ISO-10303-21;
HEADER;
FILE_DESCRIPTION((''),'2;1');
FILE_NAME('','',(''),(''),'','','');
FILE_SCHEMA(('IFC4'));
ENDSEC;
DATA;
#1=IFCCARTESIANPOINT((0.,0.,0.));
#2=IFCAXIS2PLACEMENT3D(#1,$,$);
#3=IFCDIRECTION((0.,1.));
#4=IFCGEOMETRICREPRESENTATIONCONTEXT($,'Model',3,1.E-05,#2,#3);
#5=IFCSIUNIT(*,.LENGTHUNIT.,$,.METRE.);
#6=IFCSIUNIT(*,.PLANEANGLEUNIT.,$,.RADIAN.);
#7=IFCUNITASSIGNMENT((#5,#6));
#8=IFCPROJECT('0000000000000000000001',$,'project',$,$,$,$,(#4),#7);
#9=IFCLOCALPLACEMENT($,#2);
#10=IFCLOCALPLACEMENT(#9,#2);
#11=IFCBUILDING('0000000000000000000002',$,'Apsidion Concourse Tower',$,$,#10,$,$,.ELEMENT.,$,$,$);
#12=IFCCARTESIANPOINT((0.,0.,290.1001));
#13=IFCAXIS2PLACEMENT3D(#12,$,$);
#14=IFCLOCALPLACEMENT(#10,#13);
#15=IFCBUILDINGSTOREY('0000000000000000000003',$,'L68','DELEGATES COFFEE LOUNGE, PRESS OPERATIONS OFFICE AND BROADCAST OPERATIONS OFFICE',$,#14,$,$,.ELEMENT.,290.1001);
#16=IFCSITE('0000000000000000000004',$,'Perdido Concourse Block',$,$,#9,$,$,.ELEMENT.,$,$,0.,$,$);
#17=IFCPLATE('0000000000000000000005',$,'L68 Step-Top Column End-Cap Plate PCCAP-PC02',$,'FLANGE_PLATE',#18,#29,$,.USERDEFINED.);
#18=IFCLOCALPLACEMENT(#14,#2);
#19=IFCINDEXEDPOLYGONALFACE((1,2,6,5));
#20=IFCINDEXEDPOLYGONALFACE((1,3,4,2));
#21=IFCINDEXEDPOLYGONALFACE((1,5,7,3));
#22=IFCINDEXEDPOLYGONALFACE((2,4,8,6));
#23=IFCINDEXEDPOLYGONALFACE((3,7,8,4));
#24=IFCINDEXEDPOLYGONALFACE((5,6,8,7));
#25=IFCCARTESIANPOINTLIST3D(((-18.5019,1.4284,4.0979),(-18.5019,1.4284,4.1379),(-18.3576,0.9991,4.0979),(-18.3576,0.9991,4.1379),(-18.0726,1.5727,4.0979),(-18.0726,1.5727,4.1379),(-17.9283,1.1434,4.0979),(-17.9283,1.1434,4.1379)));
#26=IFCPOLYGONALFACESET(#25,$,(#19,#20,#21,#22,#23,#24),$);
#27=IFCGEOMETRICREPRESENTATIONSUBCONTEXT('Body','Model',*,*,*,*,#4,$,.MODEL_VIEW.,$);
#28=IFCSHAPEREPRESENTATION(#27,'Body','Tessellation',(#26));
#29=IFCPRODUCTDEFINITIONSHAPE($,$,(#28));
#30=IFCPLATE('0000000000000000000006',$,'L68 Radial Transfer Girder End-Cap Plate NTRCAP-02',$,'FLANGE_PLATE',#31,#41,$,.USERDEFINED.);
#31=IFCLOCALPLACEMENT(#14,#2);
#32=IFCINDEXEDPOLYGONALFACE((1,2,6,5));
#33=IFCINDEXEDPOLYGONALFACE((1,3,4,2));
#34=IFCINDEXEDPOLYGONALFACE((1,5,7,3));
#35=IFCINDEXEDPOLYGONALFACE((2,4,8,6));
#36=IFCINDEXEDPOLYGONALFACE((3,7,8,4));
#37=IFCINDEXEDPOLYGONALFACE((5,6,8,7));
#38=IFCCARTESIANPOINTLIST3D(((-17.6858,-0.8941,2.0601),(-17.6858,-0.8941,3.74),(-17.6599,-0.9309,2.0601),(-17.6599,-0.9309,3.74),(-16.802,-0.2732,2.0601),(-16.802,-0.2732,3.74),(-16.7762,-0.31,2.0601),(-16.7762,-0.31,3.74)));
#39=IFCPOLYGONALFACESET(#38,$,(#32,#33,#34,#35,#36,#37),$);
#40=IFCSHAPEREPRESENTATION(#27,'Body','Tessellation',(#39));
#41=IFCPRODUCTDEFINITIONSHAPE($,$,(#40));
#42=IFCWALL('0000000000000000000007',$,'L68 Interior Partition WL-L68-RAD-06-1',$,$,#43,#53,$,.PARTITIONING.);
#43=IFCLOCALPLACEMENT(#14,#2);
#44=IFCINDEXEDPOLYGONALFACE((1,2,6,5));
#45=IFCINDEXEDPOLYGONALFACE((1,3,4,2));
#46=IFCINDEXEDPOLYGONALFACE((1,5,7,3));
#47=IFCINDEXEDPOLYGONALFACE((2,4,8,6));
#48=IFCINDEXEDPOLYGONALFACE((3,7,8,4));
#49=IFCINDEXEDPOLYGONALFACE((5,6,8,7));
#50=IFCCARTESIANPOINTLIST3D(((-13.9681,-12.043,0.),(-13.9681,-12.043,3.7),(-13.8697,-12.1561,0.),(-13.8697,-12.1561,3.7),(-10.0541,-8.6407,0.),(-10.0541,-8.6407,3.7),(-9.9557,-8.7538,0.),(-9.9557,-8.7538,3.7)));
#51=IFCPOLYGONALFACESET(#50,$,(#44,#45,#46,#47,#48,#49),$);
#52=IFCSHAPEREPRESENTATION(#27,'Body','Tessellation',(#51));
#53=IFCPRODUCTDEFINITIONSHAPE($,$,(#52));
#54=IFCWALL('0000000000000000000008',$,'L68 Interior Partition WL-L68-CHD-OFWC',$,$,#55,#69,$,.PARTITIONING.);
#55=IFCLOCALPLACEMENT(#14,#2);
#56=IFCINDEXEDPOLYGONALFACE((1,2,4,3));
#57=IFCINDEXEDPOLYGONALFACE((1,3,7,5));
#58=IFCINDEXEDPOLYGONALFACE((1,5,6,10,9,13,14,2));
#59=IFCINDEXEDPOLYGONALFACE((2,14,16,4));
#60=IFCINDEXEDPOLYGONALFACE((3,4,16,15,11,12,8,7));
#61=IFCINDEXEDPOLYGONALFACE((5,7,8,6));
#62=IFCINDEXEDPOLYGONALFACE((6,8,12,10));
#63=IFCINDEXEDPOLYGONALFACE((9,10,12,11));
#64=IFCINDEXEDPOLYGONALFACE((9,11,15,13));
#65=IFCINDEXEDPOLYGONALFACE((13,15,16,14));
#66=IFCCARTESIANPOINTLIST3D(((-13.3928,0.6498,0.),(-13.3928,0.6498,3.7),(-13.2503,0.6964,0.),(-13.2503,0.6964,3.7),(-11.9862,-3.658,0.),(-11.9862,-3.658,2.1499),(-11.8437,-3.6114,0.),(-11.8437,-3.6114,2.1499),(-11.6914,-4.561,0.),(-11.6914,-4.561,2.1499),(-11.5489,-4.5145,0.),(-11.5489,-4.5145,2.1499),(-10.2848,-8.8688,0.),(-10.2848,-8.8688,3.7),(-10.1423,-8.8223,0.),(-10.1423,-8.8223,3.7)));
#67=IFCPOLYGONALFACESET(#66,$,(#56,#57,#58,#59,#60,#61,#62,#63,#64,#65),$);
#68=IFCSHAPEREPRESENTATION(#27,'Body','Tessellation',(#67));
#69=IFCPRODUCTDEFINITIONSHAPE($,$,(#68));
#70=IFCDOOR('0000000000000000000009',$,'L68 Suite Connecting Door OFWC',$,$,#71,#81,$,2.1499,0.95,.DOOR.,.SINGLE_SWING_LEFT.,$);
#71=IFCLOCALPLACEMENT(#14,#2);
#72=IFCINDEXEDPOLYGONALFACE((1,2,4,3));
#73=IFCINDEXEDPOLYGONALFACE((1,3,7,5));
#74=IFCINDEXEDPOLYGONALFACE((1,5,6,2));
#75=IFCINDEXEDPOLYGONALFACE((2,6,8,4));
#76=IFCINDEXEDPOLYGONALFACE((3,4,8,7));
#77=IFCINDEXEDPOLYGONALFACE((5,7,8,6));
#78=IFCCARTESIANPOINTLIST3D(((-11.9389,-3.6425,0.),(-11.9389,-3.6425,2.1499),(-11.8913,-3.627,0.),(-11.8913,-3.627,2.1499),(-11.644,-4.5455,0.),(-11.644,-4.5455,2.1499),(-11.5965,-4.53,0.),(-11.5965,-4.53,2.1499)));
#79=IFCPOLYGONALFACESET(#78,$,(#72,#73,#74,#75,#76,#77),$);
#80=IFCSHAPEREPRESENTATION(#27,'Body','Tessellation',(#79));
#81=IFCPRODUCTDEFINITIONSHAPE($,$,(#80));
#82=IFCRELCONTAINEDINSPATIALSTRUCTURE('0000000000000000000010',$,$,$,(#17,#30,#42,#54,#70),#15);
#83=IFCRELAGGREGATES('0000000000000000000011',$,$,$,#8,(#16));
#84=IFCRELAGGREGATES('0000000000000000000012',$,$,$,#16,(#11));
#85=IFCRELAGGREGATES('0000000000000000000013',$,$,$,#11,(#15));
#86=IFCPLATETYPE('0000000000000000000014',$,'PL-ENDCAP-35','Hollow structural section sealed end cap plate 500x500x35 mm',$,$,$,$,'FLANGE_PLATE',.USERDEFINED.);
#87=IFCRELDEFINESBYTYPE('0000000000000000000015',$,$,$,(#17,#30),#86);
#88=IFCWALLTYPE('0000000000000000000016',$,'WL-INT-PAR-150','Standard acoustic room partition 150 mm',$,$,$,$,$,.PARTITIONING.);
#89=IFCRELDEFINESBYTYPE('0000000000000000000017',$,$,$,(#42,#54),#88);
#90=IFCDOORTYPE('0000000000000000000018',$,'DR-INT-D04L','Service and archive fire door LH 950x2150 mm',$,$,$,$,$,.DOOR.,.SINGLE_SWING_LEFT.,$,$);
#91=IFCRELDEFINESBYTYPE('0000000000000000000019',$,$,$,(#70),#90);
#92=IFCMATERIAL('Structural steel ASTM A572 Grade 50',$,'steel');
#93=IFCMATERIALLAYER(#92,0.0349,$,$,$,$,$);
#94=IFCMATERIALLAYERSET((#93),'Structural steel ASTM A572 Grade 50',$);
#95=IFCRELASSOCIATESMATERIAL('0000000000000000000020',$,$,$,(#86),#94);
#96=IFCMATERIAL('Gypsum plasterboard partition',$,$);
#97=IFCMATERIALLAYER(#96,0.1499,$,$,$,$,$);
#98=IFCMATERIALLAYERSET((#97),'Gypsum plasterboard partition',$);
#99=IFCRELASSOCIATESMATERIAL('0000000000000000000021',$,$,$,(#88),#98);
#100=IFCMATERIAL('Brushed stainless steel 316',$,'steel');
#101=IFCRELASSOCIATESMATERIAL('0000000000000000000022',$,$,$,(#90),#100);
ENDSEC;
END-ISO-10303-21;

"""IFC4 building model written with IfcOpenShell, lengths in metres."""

from ifc_helpers import new_model, si_unit, direction, frame, frame_2d, origin, origin_2d, place, context, subcontext, project, spatial, rectangle, extrude, material, layer, layer_set, type_object, element, fill, save


model = new_model("IFC4")

# Units and contexts
model_context = context("Model", 3, precision=1e-05, world=origin(), true_north=direction((0.0, 1.0)))
body_context = subcontext(model_context, "Body", "Model", "MODEL_VIEW")
ifc_project = project(units=[si_unit("LENGTHUNIT", "METRE"), si_unit("PLANEANGLEUNIT", "RADIAN")], contexts=[model_context])

# Site, building, storey
site_placement = place(None, origin())
site = spatial("IfcSite", under=ifc_project, at=site_placement, Name="Perdido Concourse Block", CompositionType="ELEMENT", RefElevation=0.0)
building_placement = place(site_placement, origin())
building = spatial("IfcBuilding", under=site, at=building_placement, Name="Apsidion Concourse Tower", CompositionType="ELEMENT")
storey_placement = place(building_placement, frame((0.0, 0.0, 290.1001)))
storey = spatial("IfcBuildingStorey", under=building, at=storey_placement, Name="L68", Description="DELEGATES COFFEE LOUNGE, PRESS OPERATIONS OFFICE AND BROADCAST OPERATIONS OFFICE", CompositionType="ELEMENT", Elevation=290.1001)

# Shared definitions
ifc_material_1 = material(Name="Structural steel ASTM A572 Grade 50", Category="steel")

# Plates
ifc_layer_1 = layer(ifc_material_1, 0.0349)
ifc_layer_set_1 = layer_set([ifc_layer_1], Name="Structural steel ASTM A572 Grade 50")
plate_type = type_object("IfcPlateType", Name="PL-ENDCAP-35", Description="Hollow structural section sealed end cap plate 500x500x35 mm", ElementType="FLANGE_PLATE", PredefinedType="USERDEFINED", material=ifc_layer_set_1)
plate_1_placement = place(storey_placement, frame((-18.2151, 1.2859, 4.0979), z_axis=(0.0, 0.0, 1.0), x_axis=(-0.318628, 0.94788, 0.0)))
element("IfcPlate", 1, at=plate_1_placement, inside=storey, type_object=plate_type, Name="L68 Step-Top Column End-Cap Plate PCCAP-PC02", ObjectType="FLANGE_PLATE", PredefinedType="USERDEFINED", context=body_context, shape_type="SweptSolid", body=[
    extrude(rectangle(XDim=0.4529, YDim=0.4529, at=origin_2d()), origin(), (0.0, 0.0, 1.0), 0.04),
])
plate_2_placement = place(storey_placement, frame((-17.231, -0.6021, 2.0601), z_axis=(0.0, 0.0, 1.0), x_axis=(-0.574862, 0.81825, 0.0)))
element("IfcPlate", 2, at=plate_2_placement, inside=storey, type_object=plate_type, Name="L68 Radial Transfer Girder End-Cap Plate NTRCAP-02", ObjectType="FLANGE_PLATE", PredefinedType="USERDEFINED", context=body_context, shape_type="SweptSolid", body=[
    extrude(rectangle(XDim=0.0449, YDim=1.0801, at=origin_2d()), origin(), (0.0, 0.0, 1.0), 1.6799),
])

# Wall
ifc_material_2 = material(Name="Gypsum plasterboard partition")
ifc_layer_2 = layer(ifc_material_2, 0.1499)
ifc_layer_set_2 = layer_set([ifc_layer_2], Name="Gypsum plasterboard partition")
wall_type = type_object("IfcWallType", Name="WL-INT-PAR-150", Description="Standard acoustic room partition 150 mm", PredefinedType="PARTITIONING", material=ifc_layer_set_2)
wall_1_placement = place(storey_placement, frame((-10.0049, -8.6973, 0.0), z_axis=(0.0, 0.0, 1.0), x_axis=(-0.754719, -0.656048, 0.0)))
element("IfcWall", 3, at=wall_1_placement, inside=storey, type_object=wall_type, Name="L68 Interior Partition WL-L68-RAD-06-1", PredefinedType="PARTITIONING", context=body_context, shape_type="SweptSolid", body=[
    extrude(rectangle(XDim=5.186, YDim=0.1499, at=frame_2d((2.593, 0.0))), origin(), (0.0, 0.0, 1.0), 3.7),
])

# Wall, opening, door
wall_2_placement = place(storey_placement, frame((-13.3215, 0.6731, 0.0), z_axis=(0.0, 0.0, 1.0), x_axis=(0.310385, -0.950611, 0.0)))
wall_2 = element("IfcWall", 4, at=wall_2_placement, inside=storey, type_object=wall_type, Name="L68 Interior Partition WL-L68-CHD-OFWC", PredefinedType="PARTITIONING", context=body_context, shape_type="SweptSolid", body=[
    extrude(rectangle(XDim=10.0132, YDim=0.1499, at=frame_2d((5.0066, 0.0))), origin(), (0.0, 0.0, 1.0), 3.7),
])
opening_placement = place(wall_2_placement, frame((4.5315, 0.0, 0.0)))
opening = element("IfcOpeningElement", 5, at=opening_placement, cuts=wall_2, PredefinedType="OPENING", context=body_context, shape_type="SweptSolid", body=[
    extrude(rectangle(XDim=0.95, YDim=2.1499, at=frame_2d((0.4751, 1.075))), frame((0.0, 0.085, 0.0), z_axis=(0.0, -1.0, 0.0), x_axis=(1.0, 0.0, 0.0)), (0.0, 0.0, 1.0), 0.1699),
])
ifc_material_3 = material(Name="Brushed stainless steel 316", Category="steel")
door_type = type_object("IfcDoorType", Name="DR-INT-D04L", Description="Service and archive fire door LH 950x2150 mm", OperationType="SINGLE_SWING_LEFT", PredefinedType="DOOR", material=ifc_material_3)
door_placement = place(opening_placement, origin())
door = element("IfcDoor", 6, at=door_placement, inside=storey, type_object=door_type, Name="L68 Suite Connecting Door OFWC", OperationType="SINGLE_SWING_LEFT", OverallHeight=2.1499, OverallWidth=0.95, PredefinedType="DOOR", context=body_context, shape_type="SweptSolid", body=[
    extrude(rectangle(XDim=0.95, YDim=2.1499, at=frame_2d((0.4751, 1.075))), frame((0.0, 0.0249, 0.0), z_axis=(0.0, -1.0, 0.0), x_axis=(1.0, 0.0, 0.0)), (0.0, 0.0, 1.0), 0.05),
])
fill(opening, door)

save(model, "model.ifc")
